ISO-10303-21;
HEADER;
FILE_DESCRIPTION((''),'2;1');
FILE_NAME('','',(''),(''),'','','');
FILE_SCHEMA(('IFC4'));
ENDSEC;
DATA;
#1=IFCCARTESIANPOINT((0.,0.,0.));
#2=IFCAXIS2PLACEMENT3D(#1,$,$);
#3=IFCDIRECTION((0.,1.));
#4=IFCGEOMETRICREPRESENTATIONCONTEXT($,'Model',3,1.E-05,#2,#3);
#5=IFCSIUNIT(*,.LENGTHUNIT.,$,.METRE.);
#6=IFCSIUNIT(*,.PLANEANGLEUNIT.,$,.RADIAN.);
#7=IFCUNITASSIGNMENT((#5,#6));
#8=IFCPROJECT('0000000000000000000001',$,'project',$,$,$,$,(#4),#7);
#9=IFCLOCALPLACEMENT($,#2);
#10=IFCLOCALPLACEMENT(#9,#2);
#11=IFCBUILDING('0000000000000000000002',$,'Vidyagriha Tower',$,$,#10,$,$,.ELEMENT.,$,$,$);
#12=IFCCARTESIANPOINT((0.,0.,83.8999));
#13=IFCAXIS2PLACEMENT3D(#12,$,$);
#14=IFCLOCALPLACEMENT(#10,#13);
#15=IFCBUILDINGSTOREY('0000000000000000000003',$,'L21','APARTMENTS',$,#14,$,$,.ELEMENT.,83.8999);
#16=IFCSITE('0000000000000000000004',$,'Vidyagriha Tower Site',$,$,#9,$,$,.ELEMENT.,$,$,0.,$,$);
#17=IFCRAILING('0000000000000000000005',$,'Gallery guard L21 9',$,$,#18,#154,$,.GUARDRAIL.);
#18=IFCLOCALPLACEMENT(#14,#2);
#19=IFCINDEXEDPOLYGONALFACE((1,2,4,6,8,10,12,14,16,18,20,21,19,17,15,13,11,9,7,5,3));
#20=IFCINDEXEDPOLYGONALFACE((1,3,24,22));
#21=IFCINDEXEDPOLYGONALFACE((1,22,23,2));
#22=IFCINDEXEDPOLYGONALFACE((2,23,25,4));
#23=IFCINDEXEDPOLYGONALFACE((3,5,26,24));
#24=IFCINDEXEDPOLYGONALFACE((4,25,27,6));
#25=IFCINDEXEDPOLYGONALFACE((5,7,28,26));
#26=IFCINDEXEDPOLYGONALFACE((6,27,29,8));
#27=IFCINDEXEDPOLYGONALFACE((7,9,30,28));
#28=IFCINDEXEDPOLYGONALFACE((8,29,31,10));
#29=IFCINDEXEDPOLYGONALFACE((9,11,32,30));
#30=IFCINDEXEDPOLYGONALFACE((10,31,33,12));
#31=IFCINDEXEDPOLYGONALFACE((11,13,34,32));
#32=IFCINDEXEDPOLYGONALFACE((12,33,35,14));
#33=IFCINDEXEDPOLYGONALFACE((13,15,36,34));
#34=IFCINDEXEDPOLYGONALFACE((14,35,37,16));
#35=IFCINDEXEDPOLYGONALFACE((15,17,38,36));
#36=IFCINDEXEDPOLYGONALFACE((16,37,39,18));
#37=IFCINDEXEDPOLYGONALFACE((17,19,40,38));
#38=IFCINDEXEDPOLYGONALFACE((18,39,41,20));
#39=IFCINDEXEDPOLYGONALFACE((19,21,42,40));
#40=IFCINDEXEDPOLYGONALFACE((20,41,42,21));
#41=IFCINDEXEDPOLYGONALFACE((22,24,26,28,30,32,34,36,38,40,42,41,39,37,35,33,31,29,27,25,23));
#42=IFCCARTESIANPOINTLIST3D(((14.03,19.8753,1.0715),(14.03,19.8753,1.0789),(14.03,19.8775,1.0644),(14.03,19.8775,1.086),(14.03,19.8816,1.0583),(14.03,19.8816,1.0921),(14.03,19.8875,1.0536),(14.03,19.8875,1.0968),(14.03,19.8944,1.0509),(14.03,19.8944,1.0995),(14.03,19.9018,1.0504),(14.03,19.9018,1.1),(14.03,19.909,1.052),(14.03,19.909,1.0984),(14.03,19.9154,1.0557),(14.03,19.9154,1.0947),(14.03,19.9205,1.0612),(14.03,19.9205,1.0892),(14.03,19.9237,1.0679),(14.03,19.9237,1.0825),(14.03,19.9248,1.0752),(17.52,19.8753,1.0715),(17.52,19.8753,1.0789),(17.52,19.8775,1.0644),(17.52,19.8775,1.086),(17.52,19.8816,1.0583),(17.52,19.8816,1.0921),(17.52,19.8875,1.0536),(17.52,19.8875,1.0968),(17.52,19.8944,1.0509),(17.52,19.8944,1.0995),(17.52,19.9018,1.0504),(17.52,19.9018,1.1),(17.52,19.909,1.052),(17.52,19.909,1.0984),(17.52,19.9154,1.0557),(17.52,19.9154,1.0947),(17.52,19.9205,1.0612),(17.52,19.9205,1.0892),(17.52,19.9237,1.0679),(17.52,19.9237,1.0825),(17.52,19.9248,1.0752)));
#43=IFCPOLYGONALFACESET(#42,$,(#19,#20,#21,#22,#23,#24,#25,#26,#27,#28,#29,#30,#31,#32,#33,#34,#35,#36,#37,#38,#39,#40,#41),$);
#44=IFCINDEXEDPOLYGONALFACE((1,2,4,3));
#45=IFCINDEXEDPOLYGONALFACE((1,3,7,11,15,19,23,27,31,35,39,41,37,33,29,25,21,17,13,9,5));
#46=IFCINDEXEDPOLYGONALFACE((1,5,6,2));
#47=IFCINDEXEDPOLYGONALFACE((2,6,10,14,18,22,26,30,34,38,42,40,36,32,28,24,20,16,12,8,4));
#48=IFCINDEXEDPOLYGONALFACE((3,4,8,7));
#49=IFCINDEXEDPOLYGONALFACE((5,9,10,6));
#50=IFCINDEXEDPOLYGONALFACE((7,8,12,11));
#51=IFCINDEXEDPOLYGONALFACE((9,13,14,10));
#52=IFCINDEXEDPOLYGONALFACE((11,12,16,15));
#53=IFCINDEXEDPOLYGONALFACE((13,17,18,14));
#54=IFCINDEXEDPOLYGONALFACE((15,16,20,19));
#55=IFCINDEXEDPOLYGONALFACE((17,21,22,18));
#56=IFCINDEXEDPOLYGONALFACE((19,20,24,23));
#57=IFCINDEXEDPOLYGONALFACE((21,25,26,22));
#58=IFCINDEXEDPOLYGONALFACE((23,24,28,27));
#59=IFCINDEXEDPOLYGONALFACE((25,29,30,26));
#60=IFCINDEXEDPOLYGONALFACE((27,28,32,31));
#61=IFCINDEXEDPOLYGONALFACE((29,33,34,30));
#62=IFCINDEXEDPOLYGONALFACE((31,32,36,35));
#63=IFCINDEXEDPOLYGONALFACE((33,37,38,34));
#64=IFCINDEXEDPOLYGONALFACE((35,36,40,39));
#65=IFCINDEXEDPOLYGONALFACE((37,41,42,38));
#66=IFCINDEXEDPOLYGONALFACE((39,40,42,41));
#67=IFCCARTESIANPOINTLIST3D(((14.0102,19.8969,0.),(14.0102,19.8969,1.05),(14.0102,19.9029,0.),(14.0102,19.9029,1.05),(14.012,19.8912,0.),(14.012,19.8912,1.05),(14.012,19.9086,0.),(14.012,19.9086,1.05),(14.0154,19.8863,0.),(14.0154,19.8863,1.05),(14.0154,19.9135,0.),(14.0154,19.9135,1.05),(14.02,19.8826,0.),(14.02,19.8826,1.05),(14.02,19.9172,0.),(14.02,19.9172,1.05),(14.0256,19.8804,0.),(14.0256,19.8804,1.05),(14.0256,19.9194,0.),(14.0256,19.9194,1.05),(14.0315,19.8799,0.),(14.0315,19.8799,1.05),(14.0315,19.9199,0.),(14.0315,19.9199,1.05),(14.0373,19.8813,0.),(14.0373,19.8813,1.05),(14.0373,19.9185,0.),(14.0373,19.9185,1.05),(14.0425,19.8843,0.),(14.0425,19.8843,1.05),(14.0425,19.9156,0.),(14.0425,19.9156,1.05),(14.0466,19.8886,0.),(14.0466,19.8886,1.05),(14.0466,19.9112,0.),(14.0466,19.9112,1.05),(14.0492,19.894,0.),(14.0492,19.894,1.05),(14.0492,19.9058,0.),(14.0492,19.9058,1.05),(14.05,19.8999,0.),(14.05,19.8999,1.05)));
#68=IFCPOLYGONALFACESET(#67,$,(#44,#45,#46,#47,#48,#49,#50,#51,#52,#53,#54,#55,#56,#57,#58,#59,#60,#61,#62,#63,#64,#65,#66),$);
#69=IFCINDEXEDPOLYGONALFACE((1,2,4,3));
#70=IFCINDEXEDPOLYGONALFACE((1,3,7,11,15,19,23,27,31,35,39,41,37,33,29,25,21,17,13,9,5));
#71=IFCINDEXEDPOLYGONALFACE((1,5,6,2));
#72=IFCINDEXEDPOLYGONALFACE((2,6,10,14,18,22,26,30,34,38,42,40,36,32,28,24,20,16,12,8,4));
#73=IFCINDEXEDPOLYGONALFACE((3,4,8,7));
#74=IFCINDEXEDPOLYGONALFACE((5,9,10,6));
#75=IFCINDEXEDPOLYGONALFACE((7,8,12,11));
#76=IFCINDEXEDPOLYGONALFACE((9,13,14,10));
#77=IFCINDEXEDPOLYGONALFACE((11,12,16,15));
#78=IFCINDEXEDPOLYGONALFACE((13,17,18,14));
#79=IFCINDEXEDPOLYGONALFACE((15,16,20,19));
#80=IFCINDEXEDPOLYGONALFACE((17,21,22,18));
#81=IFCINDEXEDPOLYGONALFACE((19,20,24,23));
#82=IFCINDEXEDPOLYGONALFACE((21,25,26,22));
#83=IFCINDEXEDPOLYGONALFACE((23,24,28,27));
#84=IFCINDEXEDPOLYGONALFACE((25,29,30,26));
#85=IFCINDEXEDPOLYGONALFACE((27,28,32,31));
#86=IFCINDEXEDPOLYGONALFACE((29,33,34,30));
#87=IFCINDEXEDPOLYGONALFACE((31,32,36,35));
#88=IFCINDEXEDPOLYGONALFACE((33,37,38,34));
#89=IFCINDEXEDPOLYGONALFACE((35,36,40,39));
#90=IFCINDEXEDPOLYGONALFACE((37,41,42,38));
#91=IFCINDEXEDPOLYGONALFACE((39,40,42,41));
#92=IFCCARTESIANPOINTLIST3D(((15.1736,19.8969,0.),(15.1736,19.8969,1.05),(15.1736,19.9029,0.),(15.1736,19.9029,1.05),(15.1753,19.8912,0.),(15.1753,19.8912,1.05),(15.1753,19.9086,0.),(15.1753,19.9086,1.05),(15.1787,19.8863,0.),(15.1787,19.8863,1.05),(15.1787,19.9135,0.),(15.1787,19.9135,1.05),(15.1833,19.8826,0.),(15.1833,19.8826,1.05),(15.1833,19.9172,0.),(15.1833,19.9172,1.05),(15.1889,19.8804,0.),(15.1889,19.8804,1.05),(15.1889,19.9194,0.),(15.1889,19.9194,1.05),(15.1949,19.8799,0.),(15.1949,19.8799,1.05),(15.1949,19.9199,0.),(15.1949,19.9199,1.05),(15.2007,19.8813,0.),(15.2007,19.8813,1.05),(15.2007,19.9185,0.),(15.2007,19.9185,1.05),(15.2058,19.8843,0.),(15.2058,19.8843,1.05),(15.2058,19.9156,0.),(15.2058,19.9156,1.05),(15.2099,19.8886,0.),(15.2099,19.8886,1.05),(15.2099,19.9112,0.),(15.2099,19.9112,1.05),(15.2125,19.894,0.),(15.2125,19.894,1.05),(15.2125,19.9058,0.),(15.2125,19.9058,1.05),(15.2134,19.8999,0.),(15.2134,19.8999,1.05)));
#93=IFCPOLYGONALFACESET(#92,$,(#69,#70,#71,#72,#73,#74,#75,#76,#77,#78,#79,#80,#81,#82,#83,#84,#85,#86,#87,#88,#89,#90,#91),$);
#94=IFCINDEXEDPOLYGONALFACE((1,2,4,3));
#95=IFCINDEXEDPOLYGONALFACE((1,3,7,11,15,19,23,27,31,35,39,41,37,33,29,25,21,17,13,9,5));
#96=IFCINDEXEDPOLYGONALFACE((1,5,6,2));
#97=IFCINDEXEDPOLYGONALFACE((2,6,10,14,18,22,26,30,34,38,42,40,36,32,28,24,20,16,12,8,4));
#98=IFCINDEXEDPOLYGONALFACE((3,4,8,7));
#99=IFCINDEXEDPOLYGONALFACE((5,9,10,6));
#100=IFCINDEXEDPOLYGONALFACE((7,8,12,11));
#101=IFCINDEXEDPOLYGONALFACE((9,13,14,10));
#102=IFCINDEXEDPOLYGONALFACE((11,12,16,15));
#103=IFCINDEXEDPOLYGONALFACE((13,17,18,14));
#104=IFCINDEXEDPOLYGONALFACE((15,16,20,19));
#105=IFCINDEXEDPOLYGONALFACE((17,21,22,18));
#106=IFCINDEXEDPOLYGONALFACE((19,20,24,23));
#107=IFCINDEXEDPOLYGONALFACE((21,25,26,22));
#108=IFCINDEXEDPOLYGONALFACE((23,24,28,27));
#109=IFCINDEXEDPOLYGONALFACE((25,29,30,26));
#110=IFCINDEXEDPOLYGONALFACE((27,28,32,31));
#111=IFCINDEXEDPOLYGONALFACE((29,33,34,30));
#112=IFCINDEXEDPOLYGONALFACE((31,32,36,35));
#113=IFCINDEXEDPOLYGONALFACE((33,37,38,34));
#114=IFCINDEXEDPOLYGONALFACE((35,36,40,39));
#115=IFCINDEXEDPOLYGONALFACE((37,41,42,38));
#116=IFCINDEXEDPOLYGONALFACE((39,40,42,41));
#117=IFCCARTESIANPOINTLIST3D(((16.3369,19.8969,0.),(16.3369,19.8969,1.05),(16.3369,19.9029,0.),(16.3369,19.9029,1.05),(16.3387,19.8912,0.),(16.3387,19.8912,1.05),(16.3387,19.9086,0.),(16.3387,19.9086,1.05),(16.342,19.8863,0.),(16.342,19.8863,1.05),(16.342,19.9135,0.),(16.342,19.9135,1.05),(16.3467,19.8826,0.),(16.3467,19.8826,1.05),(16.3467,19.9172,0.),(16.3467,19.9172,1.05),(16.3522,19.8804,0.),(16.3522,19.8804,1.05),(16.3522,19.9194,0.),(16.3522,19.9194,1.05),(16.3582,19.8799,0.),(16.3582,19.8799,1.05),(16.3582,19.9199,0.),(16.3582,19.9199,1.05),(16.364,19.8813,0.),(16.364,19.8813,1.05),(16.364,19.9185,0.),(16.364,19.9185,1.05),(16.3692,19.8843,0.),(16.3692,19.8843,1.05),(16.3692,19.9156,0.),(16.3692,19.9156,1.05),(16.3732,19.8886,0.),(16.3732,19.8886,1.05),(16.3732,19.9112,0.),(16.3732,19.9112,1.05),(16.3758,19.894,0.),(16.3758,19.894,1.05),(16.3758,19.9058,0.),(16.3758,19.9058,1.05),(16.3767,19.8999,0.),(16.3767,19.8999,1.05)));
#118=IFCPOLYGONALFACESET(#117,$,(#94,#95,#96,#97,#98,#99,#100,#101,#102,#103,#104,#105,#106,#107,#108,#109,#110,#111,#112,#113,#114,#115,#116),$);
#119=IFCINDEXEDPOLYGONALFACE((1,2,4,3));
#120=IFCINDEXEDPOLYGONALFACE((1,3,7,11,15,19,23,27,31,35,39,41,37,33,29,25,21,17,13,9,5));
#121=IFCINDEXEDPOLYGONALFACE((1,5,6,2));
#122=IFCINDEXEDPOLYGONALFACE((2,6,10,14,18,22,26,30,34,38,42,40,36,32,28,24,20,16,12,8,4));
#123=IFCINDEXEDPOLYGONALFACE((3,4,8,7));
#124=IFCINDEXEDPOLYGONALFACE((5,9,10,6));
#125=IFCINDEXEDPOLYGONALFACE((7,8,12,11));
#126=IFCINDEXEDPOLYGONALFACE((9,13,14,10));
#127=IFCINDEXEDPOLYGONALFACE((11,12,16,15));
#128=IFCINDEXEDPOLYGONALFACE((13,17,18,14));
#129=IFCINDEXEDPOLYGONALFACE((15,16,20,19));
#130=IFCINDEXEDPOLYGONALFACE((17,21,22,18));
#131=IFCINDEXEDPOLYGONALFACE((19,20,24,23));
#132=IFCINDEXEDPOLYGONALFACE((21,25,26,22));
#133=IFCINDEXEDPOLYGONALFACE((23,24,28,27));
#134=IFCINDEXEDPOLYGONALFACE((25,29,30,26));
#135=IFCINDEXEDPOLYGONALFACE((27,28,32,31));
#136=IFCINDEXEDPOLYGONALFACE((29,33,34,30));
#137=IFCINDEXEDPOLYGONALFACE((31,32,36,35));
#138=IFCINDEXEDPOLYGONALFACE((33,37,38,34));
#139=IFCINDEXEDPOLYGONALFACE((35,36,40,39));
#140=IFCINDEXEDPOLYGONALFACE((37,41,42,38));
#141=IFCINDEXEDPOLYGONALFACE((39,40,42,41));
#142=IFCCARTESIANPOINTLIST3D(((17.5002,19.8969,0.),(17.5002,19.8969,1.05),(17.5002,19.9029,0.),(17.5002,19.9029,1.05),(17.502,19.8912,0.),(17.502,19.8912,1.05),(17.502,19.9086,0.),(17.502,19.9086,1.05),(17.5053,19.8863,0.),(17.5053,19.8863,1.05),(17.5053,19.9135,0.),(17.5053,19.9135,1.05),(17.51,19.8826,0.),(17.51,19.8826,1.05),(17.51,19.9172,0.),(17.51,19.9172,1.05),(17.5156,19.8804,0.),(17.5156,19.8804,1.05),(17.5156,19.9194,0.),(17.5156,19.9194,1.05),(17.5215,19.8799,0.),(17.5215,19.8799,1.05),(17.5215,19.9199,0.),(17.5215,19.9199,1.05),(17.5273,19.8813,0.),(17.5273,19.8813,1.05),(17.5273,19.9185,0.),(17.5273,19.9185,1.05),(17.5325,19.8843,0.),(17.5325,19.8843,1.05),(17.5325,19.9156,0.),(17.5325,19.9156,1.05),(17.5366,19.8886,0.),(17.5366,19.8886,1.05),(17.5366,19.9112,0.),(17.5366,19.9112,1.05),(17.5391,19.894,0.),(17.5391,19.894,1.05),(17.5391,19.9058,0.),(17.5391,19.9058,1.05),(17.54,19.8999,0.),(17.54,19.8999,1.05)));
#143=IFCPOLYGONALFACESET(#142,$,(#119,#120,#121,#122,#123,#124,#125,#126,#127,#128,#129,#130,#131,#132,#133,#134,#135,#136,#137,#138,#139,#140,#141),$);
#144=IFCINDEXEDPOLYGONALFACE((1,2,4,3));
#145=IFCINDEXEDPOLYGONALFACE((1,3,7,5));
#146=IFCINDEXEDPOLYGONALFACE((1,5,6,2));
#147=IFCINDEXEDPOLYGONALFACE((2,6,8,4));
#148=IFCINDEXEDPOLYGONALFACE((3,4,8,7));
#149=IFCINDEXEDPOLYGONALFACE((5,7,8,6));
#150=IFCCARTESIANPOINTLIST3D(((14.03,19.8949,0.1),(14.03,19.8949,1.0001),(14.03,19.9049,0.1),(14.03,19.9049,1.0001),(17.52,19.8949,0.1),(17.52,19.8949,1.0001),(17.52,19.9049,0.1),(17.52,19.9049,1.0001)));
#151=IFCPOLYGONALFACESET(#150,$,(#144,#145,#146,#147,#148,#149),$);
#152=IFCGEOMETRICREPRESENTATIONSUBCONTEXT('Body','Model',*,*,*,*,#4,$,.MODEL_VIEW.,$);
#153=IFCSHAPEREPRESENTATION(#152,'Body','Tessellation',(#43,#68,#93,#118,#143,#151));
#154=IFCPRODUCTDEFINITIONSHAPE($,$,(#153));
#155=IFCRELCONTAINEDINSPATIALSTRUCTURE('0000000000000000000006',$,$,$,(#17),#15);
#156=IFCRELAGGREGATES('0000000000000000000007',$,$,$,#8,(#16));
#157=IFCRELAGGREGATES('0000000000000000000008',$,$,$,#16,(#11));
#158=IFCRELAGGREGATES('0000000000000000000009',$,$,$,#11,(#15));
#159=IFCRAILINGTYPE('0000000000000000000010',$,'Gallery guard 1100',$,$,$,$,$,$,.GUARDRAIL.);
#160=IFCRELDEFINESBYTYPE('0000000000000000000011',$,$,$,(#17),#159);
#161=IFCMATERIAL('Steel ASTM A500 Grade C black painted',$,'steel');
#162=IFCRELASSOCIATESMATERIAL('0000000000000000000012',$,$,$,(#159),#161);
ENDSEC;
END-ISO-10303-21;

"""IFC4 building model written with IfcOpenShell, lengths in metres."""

from ifc_helpers import new_model, si_unit, direction, frame, origin, origin_2d, place, context, subcontext, project, spatial, rectangle, circle, extrude, material, type_object, element, save


model = new_model("IFC4")

# Units and contexts
model_context = context("Model", 3, precision=1e-05, world=origin(), true_north=direction((0.0, 1.0)))
body_context = subcontext(model_context, "Body", "Model", "MODEL_VIEW")
ifc_project = project(units=[si_unit("LENGTHUNIT", "METRE"), si_unit("PLANEANGLEUNIT", "RADIAN")], contexts=[model_context])

# Site, building, storey
site_placement = place(None, origin())
site = spatial("IfcSite", under=ifc_project, at=site_placement, Name="Vidyagriha Tower Site", CompositionType="ELEMENT", RefElevation=0.0)
building_placement = place(site_placement, origin())
building = spatial("IfcBuilding", under=site, at=building_placement, Name="Vidyagriha Tower", CompositionType="ELEMENT")
storey_placement = place(building_placement, frame((0.0, 0.0, 83.8999)))
storey = spatial("IfcBuildingStorey", under=building, at=storey_placement, Name="L21", Description="APARTMENTS", CompositionType="ELEMENT", Elevation=83.8999)

# Railing
ifc_material_1 = material(Name="Steel ASTM A500 Grade C black painted", Category="steel")
railing_type_1 = type_object("IfcRailingType", Name="Gallery guard 1100", PredefinedType="GUARDRAIL", material=ifc_material_1)
railing_1_placement = place(storey_placement, frame((14.03, 19.8999, 0.0)))
element("IfcRailing", 1, at=railing_1_placement, inside=storey, type_object=railing_type_1, Name="Gallery guard L21 9", PredefinedType="GUARDRAIL", context=body_context, shape_type="SweptSolid", body=[
    extrude(circle(Radius=0.0249, at=origin_2d()), frame((0.0, 0.0, 1.0752), z_axis=(1.0, 0.0, 0.0), x_axis=(0.0, 1.0, 0.0)), (0.0, 0.0, 1.0), 3.49),
    extrude(circle(Radius=0.02, at=origin_2d()), origin(), (0.0, 0.0, 1.0), 1.05),
    extrude(circle(Radius=0.02, at=origin_2d()), frame((1.1633, 0.0, 0.0)), (0.0, 0.0, 1.0), 1.05),
    extrude(circle(Radius=0.02, at=origin_2d()), frame((2.3267, 0.0, 0.0)), (0.0, 0.0, 1.0), 1.05),
    extrude(circle(Radius=0.02, at=origin_2d()), frame((3.49, 0.0, 0.0)), (0.0, 0.0, 1.0), 1.05),
    extrude(rectangle(XDim=0.01, YDim=0.9001, at=origin_2d()), frame((0.0, 0.0, 0.55), z_axis=(1.0, 0.0, 0.0), x_axis=(0.0, 1.0, 0.0)), (0.0, 0.0, 1.0), 3.49),
])

save(model, "model.ifc")
